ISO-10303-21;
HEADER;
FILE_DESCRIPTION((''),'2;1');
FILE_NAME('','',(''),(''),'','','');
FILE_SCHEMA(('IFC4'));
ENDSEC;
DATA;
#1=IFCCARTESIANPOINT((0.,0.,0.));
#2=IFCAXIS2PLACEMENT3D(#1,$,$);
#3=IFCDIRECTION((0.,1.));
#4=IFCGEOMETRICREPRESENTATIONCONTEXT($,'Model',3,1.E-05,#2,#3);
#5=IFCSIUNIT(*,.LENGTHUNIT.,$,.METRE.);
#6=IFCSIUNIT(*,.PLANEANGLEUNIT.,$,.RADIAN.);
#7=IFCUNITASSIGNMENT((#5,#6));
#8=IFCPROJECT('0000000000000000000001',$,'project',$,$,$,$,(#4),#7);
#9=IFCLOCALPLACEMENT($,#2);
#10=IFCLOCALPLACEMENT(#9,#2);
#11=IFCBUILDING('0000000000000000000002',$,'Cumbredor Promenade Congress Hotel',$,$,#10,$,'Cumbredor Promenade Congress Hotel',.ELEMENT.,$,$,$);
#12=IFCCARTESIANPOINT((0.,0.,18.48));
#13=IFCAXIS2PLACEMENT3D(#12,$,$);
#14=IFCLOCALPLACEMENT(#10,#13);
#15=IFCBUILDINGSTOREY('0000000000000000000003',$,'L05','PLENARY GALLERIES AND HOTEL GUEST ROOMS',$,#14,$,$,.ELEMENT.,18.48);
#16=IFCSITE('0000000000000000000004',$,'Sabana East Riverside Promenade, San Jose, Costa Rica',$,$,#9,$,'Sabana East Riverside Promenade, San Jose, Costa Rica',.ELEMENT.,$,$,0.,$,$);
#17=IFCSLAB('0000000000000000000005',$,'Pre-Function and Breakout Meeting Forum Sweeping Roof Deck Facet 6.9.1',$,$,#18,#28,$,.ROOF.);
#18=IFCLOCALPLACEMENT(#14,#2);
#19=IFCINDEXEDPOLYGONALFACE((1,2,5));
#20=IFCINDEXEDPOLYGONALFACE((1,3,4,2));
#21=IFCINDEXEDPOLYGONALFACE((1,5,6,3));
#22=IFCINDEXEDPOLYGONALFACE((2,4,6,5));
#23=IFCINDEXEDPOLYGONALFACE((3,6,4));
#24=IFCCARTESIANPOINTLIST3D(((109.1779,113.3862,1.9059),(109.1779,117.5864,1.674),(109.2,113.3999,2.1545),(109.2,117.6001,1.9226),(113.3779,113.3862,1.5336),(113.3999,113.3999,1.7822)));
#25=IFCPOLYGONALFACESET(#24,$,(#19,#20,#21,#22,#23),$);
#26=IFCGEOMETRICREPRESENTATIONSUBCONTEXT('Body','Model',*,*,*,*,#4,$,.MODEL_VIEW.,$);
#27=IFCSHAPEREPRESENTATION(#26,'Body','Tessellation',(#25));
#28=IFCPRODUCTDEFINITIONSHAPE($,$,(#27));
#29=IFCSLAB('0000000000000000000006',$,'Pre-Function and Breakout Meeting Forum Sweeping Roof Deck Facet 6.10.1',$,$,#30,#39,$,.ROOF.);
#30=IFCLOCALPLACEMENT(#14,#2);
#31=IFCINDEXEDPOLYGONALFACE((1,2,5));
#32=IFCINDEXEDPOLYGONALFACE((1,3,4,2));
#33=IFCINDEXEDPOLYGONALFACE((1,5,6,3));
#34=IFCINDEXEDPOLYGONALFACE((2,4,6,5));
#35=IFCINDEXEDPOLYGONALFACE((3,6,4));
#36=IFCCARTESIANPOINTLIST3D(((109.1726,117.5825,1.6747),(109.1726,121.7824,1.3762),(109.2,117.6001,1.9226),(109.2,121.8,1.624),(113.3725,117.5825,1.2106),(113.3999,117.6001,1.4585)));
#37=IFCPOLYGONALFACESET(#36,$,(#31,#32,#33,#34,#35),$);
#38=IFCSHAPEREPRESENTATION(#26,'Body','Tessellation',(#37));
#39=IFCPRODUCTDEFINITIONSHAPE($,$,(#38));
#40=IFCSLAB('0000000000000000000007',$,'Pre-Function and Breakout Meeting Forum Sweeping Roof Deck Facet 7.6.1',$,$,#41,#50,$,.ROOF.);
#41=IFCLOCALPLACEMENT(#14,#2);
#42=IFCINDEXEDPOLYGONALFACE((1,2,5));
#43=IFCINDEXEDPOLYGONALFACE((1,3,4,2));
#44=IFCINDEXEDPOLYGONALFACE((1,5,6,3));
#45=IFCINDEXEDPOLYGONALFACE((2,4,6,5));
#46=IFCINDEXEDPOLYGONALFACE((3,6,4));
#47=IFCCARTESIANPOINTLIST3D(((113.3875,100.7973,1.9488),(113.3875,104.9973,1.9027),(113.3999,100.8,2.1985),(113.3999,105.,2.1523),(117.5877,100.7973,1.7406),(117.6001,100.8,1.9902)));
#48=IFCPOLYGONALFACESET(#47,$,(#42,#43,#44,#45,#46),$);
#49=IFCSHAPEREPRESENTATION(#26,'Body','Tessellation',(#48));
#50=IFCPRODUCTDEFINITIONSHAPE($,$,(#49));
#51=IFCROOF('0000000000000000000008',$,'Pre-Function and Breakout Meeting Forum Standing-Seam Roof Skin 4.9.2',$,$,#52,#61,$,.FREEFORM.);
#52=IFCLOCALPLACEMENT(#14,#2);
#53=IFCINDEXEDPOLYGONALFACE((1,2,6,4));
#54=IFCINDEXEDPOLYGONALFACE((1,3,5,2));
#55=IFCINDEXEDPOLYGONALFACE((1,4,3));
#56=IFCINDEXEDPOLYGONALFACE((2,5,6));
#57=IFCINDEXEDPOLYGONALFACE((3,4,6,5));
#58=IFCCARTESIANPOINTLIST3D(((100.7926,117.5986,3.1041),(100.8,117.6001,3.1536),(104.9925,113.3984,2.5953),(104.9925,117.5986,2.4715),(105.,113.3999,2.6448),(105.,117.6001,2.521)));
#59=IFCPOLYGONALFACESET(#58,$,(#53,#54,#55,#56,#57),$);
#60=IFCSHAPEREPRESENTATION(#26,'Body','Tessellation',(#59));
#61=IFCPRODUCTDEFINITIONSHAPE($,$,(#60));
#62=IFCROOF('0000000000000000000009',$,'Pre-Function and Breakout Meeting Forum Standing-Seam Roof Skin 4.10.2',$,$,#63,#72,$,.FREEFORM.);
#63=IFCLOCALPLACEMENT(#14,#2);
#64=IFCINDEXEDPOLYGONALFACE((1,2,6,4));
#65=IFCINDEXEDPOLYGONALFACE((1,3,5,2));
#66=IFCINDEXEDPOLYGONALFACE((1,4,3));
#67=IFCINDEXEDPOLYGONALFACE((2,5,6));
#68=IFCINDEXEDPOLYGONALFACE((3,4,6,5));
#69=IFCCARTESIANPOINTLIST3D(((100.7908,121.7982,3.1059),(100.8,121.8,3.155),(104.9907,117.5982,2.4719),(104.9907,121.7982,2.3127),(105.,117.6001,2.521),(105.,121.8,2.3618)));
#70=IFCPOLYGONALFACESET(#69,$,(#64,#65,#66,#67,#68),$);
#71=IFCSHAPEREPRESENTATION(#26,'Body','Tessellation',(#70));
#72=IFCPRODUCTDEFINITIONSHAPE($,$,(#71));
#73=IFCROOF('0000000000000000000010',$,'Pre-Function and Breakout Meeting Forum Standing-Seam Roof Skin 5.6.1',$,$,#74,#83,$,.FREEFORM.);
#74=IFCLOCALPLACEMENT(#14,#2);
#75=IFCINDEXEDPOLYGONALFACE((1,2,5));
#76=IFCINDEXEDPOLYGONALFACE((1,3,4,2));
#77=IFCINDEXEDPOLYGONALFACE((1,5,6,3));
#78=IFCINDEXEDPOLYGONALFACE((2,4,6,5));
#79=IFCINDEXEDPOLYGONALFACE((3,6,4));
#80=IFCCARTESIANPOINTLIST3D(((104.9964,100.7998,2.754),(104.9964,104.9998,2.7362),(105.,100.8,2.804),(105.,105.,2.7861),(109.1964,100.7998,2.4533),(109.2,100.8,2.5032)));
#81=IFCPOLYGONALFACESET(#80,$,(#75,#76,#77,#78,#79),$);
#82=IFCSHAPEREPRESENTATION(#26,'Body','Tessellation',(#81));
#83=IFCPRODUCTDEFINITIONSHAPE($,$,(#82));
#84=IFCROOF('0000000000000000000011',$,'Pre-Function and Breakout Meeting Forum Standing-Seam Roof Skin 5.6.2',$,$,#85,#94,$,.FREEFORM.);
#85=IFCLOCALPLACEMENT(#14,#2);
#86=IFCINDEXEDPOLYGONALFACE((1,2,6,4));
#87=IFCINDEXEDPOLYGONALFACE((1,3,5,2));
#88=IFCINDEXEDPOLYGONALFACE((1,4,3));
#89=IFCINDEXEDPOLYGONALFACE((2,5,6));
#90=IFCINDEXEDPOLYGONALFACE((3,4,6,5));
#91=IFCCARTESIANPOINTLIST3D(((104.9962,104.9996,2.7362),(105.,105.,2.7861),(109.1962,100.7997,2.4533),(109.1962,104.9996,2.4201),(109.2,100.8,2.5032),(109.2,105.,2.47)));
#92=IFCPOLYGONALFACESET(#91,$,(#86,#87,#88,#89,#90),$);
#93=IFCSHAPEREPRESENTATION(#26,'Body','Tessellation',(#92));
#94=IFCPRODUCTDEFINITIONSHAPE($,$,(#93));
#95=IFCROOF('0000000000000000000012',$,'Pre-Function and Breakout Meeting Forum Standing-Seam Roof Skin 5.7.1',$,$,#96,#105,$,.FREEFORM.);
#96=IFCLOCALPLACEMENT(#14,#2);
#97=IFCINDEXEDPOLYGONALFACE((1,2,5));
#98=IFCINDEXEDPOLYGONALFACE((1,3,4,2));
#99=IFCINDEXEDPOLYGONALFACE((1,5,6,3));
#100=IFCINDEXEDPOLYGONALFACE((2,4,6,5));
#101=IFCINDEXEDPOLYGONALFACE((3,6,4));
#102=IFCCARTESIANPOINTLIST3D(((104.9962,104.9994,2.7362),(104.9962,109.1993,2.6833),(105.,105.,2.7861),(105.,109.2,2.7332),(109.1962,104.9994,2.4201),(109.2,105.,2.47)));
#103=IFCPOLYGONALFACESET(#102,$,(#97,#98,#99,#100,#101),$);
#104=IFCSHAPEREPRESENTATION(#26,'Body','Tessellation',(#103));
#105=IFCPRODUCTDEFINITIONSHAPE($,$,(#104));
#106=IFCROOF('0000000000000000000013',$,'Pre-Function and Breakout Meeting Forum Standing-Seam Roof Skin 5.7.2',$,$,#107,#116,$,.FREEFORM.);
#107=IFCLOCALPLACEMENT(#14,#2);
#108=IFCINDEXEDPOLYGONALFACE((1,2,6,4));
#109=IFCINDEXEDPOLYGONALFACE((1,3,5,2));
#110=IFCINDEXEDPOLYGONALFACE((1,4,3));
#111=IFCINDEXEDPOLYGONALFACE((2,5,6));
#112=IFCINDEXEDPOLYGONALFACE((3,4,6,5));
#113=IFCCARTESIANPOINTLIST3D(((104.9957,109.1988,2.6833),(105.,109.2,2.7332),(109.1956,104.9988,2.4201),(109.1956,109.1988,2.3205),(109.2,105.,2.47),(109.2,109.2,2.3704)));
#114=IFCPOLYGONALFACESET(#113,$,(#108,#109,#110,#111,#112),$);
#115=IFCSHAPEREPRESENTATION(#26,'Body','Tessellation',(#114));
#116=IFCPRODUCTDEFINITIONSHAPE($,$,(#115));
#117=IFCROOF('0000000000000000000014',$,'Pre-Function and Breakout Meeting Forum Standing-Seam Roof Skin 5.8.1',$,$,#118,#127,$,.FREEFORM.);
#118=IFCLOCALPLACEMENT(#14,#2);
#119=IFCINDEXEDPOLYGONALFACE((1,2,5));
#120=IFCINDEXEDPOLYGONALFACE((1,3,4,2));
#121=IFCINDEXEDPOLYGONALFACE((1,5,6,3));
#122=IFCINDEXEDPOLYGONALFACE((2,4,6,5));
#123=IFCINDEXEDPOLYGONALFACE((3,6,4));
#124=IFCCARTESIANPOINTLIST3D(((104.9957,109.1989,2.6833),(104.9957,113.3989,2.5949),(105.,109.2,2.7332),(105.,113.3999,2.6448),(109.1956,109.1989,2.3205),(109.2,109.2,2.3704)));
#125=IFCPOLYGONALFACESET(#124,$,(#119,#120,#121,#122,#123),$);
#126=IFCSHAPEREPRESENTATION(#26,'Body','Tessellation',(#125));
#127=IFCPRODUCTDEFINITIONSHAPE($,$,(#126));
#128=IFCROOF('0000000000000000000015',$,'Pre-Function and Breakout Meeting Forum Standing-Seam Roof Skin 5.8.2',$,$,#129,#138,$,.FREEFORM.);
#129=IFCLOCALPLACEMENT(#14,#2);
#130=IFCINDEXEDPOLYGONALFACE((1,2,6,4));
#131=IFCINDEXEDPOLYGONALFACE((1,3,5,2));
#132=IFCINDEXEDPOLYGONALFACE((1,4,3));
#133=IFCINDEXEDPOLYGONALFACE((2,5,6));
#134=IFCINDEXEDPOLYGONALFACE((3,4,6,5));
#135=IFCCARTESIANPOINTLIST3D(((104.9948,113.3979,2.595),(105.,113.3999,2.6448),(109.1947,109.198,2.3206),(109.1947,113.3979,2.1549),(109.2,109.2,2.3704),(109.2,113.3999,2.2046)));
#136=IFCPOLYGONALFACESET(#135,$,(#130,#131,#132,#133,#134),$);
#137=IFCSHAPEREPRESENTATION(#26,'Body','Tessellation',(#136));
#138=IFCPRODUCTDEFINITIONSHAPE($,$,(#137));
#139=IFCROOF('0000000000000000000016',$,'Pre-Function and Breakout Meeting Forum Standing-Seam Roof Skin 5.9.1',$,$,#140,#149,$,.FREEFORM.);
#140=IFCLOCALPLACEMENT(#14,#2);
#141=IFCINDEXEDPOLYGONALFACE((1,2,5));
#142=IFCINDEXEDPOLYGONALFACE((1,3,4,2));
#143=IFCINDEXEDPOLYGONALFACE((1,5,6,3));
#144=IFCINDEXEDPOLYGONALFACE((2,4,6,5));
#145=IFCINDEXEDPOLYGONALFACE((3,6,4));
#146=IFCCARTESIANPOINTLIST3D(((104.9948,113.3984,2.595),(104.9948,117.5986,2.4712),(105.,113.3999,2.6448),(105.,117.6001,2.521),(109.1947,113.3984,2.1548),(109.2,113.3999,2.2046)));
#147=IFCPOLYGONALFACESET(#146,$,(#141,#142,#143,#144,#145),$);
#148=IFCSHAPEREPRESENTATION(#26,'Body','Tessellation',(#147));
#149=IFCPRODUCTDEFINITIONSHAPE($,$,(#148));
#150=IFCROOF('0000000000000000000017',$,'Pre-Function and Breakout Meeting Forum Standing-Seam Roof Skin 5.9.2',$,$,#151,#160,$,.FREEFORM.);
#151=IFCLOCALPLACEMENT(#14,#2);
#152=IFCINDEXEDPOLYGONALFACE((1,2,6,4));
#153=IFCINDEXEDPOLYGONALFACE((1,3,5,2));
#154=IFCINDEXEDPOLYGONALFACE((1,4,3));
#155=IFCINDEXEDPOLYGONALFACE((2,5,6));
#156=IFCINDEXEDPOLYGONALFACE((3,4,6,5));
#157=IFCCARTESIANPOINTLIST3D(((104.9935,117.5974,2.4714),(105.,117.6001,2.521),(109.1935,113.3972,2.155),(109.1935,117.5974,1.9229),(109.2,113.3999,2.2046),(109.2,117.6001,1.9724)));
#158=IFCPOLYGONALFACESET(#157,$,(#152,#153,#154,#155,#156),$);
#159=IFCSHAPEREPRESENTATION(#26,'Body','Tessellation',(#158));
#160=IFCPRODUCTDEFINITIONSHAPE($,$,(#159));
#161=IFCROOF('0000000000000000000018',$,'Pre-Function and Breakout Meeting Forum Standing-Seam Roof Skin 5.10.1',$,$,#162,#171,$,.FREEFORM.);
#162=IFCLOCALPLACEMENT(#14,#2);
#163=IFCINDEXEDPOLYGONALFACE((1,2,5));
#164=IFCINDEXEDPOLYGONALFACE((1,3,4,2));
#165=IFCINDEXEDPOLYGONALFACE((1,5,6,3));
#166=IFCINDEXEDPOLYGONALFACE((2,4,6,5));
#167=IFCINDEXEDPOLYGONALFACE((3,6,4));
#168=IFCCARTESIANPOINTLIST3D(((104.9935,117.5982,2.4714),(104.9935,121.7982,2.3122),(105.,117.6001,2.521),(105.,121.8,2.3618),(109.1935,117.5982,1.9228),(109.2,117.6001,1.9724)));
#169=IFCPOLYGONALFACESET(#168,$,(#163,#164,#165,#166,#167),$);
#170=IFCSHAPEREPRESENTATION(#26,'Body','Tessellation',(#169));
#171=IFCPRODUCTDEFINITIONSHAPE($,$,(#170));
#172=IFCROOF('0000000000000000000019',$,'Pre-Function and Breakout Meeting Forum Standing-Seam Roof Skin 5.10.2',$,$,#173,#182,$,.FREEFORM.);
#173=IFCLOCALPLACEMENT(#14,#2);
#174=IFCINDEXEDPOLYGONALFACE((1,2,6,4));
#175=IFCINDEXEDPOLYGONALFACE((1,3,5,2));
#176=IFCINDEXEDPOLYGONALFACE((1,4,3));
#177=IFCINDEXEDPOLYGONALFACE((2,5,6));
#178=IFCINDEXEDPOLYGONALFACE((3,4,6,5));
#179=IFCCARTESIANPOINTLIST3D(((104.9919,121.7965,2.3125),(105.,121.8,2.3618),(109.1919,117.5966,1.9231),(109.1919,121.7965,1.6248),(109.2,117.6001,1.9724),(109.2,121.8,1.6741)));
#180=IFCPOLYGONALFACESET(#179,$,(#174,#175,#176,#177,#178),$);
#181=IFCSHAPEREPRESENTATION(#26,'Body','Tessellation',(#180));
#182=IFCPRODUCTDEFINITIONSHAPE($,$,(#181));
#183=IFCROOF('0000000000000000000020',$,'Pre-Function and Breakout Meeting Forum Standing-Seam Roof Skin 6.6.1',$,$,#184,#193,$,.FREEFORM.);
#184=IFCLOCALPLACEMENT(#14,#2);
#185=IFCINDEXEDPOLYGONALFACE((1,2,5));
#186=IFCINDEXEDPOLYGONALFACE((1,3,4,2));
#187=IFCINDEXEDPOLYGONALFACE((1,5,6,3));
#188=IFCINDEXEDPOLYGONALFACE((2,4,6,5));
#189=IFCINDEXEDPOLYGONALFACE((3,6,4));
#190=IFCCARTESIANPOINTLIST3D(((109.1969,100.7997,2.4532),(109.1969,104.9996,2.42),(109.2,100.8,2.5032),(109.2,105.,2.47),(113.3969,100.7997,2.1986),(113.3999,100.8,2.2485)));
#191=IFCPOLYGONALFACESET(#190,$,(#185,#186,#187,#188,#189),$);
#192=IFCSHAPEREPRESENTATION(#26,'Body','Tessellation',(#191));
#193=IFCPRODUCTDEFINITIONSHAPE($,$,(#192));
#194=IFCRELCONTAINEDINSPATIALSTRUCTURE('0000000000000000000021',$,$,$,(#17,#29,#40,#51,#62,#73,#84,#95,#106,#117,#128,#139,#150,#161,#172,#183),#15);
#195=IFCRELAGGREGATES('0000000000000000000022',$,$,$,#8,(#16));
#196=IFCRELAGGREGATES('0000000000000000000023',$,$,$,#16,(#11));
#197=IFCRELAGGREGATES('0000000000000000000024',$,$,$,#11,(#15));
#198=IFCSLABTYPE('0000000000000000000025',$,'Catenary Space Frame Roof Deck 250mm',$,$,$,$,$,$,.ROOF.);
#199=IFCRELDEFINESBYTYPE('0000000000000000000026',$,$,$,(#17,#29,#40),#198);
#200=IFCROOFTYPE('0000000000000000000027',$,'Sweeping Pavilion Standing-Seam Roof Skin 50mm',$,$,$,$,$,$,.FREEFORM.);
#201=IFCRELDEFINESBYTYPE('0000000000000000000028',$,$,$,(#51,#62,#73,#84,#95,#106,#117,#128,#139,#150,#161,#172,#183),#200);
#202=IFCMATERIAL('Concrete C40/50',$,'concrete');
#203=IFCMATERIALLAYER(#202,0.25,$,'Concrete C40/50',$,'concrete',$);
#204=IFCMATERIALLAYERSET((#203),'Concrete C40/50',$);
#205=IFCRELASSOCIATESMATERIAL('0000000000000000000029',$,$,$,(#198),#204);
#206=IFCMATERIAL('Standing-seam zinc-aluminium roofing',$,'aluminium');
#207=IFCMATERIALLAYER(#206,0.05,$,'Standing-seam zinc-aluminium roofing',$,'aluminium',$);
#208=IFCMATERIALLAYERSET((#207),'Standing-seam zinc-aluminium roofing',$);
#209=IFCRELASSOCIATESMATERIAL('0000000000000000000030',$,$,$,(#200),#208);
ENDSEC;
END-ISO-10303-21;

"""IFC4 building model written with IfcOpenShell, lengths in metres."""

from ifc_helpers import new_model, si_unit, direction, frame, origin, place, context, subcontext, project, spatial, polyline, outline, extrude, material, layer, layer_set, type_object, element, save


model = new_model("IFC4")

# Units and contexts
model_context = context("Model", 3, precision=1e-05, world=origin(), true_north=direction((0.0, 1.0)))
body_context = subcontext(model_context, "Body", "Model", "MODEL_VIEW")
ifc_project = project(units=[si_unit("LENGTHUNIT", "METRE"), si_unit("PLANEANGLEUNIT", "RADIAN")], contexts=[model_context])

# Site, building, storey
site_placement = place(None, origin())
site = spatial("IfcSite", under=ifc_project, at=site_placement, Name="Sabana East Riverside Promenade, San Jose, Costa Rica", LongName="Sabana East Riverside Promenade, San Jose, Costa Rica", CompositionType="ELEMENT", RefElevation=0.0)
building_placement = place(site_placement, origin())
building = spatial("IfcBuilding", under=site, at=building_placement, Name="Cumbredor Promenade Congress Hotel", LongName="Cumbredor Promenade Congress Hotel", CompositionType="ELEMENT")
storey_placement = place(building_placement, frame((0.0, 0.0, 18.48)))
storey = spatial("IfcBuildingStorey", under=building, at=storey_placement, Name="L05", Description="PLENARY GALLERIES AND HOTEL GUEST ROOMS", CompositionType="ELEMENT", Elevation=18.48)

# Slabs
ifc_material_1 = material(Name="Concrete C40/50", Category="concrete")
ifc_layer_1 = layer(ifc_material_1, 0.25, Name="Concrete C40/50", Category="concrete")
ifc_layer_set_1 = layer_set([ifc_layer_1], Name="Concrete C40/50")
slab_type = type_object("IfcSlabType", Name="Catenary Space Frame Roof Deck 250mm", PredefinedType="ROOF", material=ifc_layer_set_1)
slab_1_placement = place(storey_placement, frame((109.2, 113.3999, 2.1545), z_axis=(0.088168, 0.054921, 0.99459), x_axis=(0.996094, 0.0, -0.088301)))
element("IfcSlab", 1, at=slab_1_placement, inside=storey, type_object=slab_type, Name="Pre-Function and Breakout Meeting Forum Sweeping Roof Deck Facet 6.9.1", PredefinedType="ROOF", context=body_context, shape_type="SweptSolid", body=[
    extrude(outline(polyline([(0.0, 0.0), (4.2164, 0.0), (0.0205, 4.2065), (0.0, 0.0)])), origin(), (0.0, 0.0, -1.0), 0.25),
])
slab_2_placement = place(storey_placement, frame((109.2, 117.6001, 1.9226), z_axis=(0.109562, 0.070486, 0.991478), x_axis=(0.99395, 0.0, -0.109835)))
element("IfcSlab", 2, at=slab_2_placement, inside=storey, type_object=slab_type, Name="Pre-Function and Breakout Meeting Forum Sweeping Roof Deck Facet 6.10.1", PredefinedType="ROOF", context=body_context, shape_type="SweptSolid", body=[
    extrude(outline(polyline([(0.0, 0.0), (4.2255, 0.0), (0.0328, 4.2104), (0.0, 0.0)])), origin(), (0.0, 0.0, -1.0), 0.25),
])
slab_3_placement = place(storey_placement, frame((113.3999, 100.8, 2.1985), z_axis=(0.049518, 0.010972, 0.998713), x_axis=(0.998773, 0.0, -0.049521)))
element("IfcSlab", 3, at=slab_3_placement, inside=storey, type_object=slab_type, Name="Pre-Function and Breakout Meeting Forum Sweeping Roof Deck Facet 7.6.1", PredefinedType="ROOF", context=body_context, shape_type="SweptSolid", body=[
    extrude(outline(polyline([(0.0, 0.0), (4.2054, 0.0), (0.0023, 4.2002), (0.0, 0.0)])), origin(), (0.0, 0.0, -1.0), 0.25),
])

# Roofs
ifc_material_2 = material(Name="Standing-seam zinc-aluminium roofing", Category="aluminium")
ifc_layer_2 = layer(ifc_material_2, 0.05, Name="Standing-seam zinc-aluminium roofing", Category="aluminium")
ifc_layer_set_2 = layer_set([ifc_layer_2], Name="Standing-seam zinc-aluminium roofing")
roof_type = type_object("IfcRoofType", Name="Sweeping Pavilion Standing-Seam Roof Skin 50mm", PredefinedType="FREEFORM", material=ifc_layer_set_2)
roof_1_placement = place(storey_placement, frame((105.0, 113.3999, 2.6448), z_axis=(0.14887, 0.029129, 0.988428), x_axis=(0.0, 0.999566, -0.029457)))
element("IfcRoof", 4, at=roof_1_placement, inside=storey, type_object=roof_type, Name="Pre-Function and Breakout Meeting Forum Standing-Seam Roof Skin 4.9.2", PredefinedType="FREEFORM", context=body_context, shape_type="SweptSolid", body=[
    extrude(outline(polyline([(0.0, 0.0), (4.202, 0.0), (4.1834, 4.2473), (0.0, 0.0)])), origin(), (0.0, 0.0, -1.0), 0.05),
])
roof_2_placement = place(storey_placement, frame((105.0, 117.6001, 2.521), z_axis=(0.185453, 0.037216, 0.981948), x_axis=(0.0, 0.999283, -0.037873)))
element("IfcRoof", 5, at=roof_2_placement, inside=storey, type_object=roof_type, Name="Pre-Function and Breakout Meeting Forum Standing-Seam Roof Skin 4.10.2", PredefinedType="FREEFORM", context=body_context, shape_type="SweptSolid", body=[
    extrude(outline(polyline([(0.0, 0.0), (4.203, 0.0), (4.1729, 4.2741), (0.0, 0.0)])), origin(), (0.0, 0.0, -1.0), 0.05),
])
roof_3_placement = place(storey_placement, frame((105.0, 100.8, 2.804), z_axis=(0.071432, 0.004233, 0.997437), x_axis=(0.997445, 0.0, -0.071432)))
element("IfcRoof", 6, at=roof_3_placement, inside=storey, type_object=roof_type, Name="Pre-Function and Breakout Meeting Forum Standing-Seam Roof Skin 5.6.1", PredefinedType="FREEFORM", context=body_context, shape_type="SweptSolid", body=[
    extrude(outline(polyline([(0.0, 0.0), (4.2107, 0.0), (0.0013, 4.2), (0.0, 0.0)])), origin(), (0.0, 0.0, -1.0), 0.05),
])
roof_4_placement = place(storey_placement, frame((109.2, 100.8, 2.5032), z_axis=(0.075063, 0.007883, 0.997148), x_axis=(0.0, 0.999969, -0.007905)))
element("IfcRoof", 7, at=roof_4_placement, inside=storey, type_object=roof_type, Name="Pre-Function and Breakout Meeting Forum Standing-Seam Roof Skin 5.6.2", PredefinedType="FREEFORM", context=body_context, shape_type="SweptSolid", body=[
    extrude(outline(polyline([(0.0, 0.0), (4.2001, 0.0), (4.1976, 4.2118), (0.0, 0.0)])), origin(), (0.0, 0.0, -1.0), 0.05),
])
roof_5_placement = place(storey_placement, frame((105.0, 105.0, 2.7861), z_axis=(0.075059, 0.012577, 0.9971), x_axis=(0.997179, 0.0, -0.075065)))
element("IfcRoof", 8, at=roof_5_placement, inside=storey, type_object=roof_type, Name="Pre-Function and Breakout Meeting Forum Standing-Seam Roof Skin 5.7.1", PredefinedType="FREEFORM", context=body_context, shape_type="SweptSolid", body=[
    extrude(outline(polyline([(0.0, 0.0), (4.2118, 0.0), (0.004, 4.2003), (0.0, 0.0)])), origin(), (0.0, 0.0, -1.0), 0.05),
])
roof_6_placement = place(storey_placement, frame((109.2, 105.0, 2.47), z_axis=(0.086036, 0.023622, 0.996012), x_axis=(0.0, 0.999719, -0.02371)))
element("IfcRoof", 9, at=roof_6_placement, inside=storey, type_object=roof_type, Name="Pre-Function and Breakout Meeting Forum Standing-Seam Roof Skin 5.7.2", PredefinedType="FREEFORM", context=body_context, shape_type="SweptSolid", body=[
    extrude(outline(polyline([(0.0, 0.0), (4.2011, 0.0), (4.1925, 4.2156), (0.0, 0.0)])), origin(), (0.0, 0.0, -1.0), 0.05),
])
roof_7_placement = place(storey_placement, frame((105.0, 109.2, 2.7332), z_axis=(0.086041, 0.02096, 0.996071), x_axis=(0.99629, 0.0, -0.08606)))
element("IfcRoof", 10, at=roof_7_placement, inside=storey, type_object=roof_type, Name="Pre-Function and Breakout Meeting Forum Standing-Seam Roof Skin 5.8.1", PredefinedType="FREEFORM", context=body_context, shape_type="SweptSolid", body=[
    extrude(outline(polyline([(0.0, 0.0), (4.2156, 0.0), (0.0076, 4.2009), (0.0, 0.0)])), origin(), (0.0, 0.0, -1.0), 0.05),
])
roof_8_placement = place(storey_placement, frame((109.2, 109.2, 2.3704), z_axis=(0.104156, 0.039225, 0.993787), x_axis=(0.0, 0.999222, -0.039439)))
element("IfcRoof", 11, at=roof_8_placement, inside=storey, type_object=roof_type, Name="Pre-Function and Breakout Meeting Forum Standing-Seam Roof Skin 5.8.2", PredefinedType="FREEFORM", context=body_context, shape_type="SweptSolid", body=[
    extrude(outline(polyline([(0.0, 0.0), (4.2032, 0.0), (4.1859, 4.2229), (0.0, 0.0)])), origin(), (0.0, 0.0, -1.0), 0.05),
])
roof_9_placement = place(storey_placement, frame((105.0, 113.3999, 2.6448), z_axis=(0.104192, 0.029297, 0.994126), x_axis=(0.994553, 0.0, -0.104236)))
element("IfcRoof", 12, at=roof_9_placement, inside=storey, type_object=roof_type, Name="Pre-Function and Breakout Meeting Forum Standing-Seam Roof Skin 5.9.1", PredefinedType="FREEFORM", context=body_context, shape_type="SweptSolid", body=[
    extrude(outline(polyline([(0.0, 0.0), (4.223, 0.0), (0.0129, 4.202), (0.0, 0.0)])), origin(), (0.0, 0.0, -1.0), 0.05),
])
roof_10_placement = place(storey_placement, frame((109.2, 113.3999, 2.2046), z_axis=(0.129322, 0.05473, 0.990091), x_axis=(0.0, 0.998476, -0.055194)))
element("IfcRoof", 13, at=roof_10_placement, inside=storey, type_object=roof_type, Name="Pre-Function and Breakout Meeting Forum Standing-Seam Roof Skin 5.9.2", PredefinedType="FREEFORM", context=body_context, shape_type="SweptSolid", body=[
    extrude(outline(polyline([(0.0, 0.0), (4.2066, 0.0), (4.1763, 4.2355), (0.0, 0.0)])), origin(), (0.0, 0.0, -1.0), 0.05),
])
roof_11_placement = place(storey_placement, frame((105.0, 117.6001, 2.521), z_axis=(0.129425, 0.037555, 0.990878), x_axis=(0.991577, 0.0, -0.129517)))
element("IfcRoof", 14, at=roof_11_placement, inside=storey, type_object=roof_type, Name="Pre-Function and Breakout Meeting Forum Standing-Seam Roof Skin 5.10.1", PredefinedType="FREEFORM", context=body_context, shape_type="SweptSolid", body=[
    extrude(outline(polyline([(0.0, 0.0), (4.2356, 0.0), (0.0206, 4.2029), (0.0, 0.0)])), origin(), (0.0, 0.0, -1.0), 0.05),
])
roof_12_placement = place(storey_placement, frame((109.2, 117.6001, 1.9724), z_axis=(0.161203, 0.069929, 0.984441), x_axis=(0.0, 0.997487, -0.070856)))
element("IfcRoof", 15, at=roof_12_placement, inside=storey, type_object=roof_type, Name="Pre-Function and Breakout Meeting Forum Standing-Seam Roof Skin 5.10.2", PredefinedType="FREEFORM", context=body_context, shape_type="SweptSolid", body=[
    extrude(outline(polyline([(0.0, 0.0), (4.2105, 0.0), (4.1618, 4.2556), (0.0, 0.0)])), origin(), (0.0, 0.0, -1.0), 0.05),
])
roof_13_placement = place(storey_placement, frame((109.2, 100.8, 2.5032), z_axis=(0.060516, 0.007891, 0.998136), x_axis=(0.998167, 0.0, -0.060518)))
element("IfcRoof", 16, at=roof_13_placement, inside=storey, type_object=roof_type, Name="Pre-Function and Breakout Meeting Forum Standing-Seam Roof Skin 6.6.1", PredefinedType="FREEFORM", context=body_context, shape_type="SweptSolid", body=[
    extrude(outline(polyline([(0.0, 0.0), (4.2077, 0.0), (0.002, 4.2001), (0.0, 0.0)])), origin(), (0.0, 0.0, -1.0), 0.05),
])

save(model, "model.ifc")
